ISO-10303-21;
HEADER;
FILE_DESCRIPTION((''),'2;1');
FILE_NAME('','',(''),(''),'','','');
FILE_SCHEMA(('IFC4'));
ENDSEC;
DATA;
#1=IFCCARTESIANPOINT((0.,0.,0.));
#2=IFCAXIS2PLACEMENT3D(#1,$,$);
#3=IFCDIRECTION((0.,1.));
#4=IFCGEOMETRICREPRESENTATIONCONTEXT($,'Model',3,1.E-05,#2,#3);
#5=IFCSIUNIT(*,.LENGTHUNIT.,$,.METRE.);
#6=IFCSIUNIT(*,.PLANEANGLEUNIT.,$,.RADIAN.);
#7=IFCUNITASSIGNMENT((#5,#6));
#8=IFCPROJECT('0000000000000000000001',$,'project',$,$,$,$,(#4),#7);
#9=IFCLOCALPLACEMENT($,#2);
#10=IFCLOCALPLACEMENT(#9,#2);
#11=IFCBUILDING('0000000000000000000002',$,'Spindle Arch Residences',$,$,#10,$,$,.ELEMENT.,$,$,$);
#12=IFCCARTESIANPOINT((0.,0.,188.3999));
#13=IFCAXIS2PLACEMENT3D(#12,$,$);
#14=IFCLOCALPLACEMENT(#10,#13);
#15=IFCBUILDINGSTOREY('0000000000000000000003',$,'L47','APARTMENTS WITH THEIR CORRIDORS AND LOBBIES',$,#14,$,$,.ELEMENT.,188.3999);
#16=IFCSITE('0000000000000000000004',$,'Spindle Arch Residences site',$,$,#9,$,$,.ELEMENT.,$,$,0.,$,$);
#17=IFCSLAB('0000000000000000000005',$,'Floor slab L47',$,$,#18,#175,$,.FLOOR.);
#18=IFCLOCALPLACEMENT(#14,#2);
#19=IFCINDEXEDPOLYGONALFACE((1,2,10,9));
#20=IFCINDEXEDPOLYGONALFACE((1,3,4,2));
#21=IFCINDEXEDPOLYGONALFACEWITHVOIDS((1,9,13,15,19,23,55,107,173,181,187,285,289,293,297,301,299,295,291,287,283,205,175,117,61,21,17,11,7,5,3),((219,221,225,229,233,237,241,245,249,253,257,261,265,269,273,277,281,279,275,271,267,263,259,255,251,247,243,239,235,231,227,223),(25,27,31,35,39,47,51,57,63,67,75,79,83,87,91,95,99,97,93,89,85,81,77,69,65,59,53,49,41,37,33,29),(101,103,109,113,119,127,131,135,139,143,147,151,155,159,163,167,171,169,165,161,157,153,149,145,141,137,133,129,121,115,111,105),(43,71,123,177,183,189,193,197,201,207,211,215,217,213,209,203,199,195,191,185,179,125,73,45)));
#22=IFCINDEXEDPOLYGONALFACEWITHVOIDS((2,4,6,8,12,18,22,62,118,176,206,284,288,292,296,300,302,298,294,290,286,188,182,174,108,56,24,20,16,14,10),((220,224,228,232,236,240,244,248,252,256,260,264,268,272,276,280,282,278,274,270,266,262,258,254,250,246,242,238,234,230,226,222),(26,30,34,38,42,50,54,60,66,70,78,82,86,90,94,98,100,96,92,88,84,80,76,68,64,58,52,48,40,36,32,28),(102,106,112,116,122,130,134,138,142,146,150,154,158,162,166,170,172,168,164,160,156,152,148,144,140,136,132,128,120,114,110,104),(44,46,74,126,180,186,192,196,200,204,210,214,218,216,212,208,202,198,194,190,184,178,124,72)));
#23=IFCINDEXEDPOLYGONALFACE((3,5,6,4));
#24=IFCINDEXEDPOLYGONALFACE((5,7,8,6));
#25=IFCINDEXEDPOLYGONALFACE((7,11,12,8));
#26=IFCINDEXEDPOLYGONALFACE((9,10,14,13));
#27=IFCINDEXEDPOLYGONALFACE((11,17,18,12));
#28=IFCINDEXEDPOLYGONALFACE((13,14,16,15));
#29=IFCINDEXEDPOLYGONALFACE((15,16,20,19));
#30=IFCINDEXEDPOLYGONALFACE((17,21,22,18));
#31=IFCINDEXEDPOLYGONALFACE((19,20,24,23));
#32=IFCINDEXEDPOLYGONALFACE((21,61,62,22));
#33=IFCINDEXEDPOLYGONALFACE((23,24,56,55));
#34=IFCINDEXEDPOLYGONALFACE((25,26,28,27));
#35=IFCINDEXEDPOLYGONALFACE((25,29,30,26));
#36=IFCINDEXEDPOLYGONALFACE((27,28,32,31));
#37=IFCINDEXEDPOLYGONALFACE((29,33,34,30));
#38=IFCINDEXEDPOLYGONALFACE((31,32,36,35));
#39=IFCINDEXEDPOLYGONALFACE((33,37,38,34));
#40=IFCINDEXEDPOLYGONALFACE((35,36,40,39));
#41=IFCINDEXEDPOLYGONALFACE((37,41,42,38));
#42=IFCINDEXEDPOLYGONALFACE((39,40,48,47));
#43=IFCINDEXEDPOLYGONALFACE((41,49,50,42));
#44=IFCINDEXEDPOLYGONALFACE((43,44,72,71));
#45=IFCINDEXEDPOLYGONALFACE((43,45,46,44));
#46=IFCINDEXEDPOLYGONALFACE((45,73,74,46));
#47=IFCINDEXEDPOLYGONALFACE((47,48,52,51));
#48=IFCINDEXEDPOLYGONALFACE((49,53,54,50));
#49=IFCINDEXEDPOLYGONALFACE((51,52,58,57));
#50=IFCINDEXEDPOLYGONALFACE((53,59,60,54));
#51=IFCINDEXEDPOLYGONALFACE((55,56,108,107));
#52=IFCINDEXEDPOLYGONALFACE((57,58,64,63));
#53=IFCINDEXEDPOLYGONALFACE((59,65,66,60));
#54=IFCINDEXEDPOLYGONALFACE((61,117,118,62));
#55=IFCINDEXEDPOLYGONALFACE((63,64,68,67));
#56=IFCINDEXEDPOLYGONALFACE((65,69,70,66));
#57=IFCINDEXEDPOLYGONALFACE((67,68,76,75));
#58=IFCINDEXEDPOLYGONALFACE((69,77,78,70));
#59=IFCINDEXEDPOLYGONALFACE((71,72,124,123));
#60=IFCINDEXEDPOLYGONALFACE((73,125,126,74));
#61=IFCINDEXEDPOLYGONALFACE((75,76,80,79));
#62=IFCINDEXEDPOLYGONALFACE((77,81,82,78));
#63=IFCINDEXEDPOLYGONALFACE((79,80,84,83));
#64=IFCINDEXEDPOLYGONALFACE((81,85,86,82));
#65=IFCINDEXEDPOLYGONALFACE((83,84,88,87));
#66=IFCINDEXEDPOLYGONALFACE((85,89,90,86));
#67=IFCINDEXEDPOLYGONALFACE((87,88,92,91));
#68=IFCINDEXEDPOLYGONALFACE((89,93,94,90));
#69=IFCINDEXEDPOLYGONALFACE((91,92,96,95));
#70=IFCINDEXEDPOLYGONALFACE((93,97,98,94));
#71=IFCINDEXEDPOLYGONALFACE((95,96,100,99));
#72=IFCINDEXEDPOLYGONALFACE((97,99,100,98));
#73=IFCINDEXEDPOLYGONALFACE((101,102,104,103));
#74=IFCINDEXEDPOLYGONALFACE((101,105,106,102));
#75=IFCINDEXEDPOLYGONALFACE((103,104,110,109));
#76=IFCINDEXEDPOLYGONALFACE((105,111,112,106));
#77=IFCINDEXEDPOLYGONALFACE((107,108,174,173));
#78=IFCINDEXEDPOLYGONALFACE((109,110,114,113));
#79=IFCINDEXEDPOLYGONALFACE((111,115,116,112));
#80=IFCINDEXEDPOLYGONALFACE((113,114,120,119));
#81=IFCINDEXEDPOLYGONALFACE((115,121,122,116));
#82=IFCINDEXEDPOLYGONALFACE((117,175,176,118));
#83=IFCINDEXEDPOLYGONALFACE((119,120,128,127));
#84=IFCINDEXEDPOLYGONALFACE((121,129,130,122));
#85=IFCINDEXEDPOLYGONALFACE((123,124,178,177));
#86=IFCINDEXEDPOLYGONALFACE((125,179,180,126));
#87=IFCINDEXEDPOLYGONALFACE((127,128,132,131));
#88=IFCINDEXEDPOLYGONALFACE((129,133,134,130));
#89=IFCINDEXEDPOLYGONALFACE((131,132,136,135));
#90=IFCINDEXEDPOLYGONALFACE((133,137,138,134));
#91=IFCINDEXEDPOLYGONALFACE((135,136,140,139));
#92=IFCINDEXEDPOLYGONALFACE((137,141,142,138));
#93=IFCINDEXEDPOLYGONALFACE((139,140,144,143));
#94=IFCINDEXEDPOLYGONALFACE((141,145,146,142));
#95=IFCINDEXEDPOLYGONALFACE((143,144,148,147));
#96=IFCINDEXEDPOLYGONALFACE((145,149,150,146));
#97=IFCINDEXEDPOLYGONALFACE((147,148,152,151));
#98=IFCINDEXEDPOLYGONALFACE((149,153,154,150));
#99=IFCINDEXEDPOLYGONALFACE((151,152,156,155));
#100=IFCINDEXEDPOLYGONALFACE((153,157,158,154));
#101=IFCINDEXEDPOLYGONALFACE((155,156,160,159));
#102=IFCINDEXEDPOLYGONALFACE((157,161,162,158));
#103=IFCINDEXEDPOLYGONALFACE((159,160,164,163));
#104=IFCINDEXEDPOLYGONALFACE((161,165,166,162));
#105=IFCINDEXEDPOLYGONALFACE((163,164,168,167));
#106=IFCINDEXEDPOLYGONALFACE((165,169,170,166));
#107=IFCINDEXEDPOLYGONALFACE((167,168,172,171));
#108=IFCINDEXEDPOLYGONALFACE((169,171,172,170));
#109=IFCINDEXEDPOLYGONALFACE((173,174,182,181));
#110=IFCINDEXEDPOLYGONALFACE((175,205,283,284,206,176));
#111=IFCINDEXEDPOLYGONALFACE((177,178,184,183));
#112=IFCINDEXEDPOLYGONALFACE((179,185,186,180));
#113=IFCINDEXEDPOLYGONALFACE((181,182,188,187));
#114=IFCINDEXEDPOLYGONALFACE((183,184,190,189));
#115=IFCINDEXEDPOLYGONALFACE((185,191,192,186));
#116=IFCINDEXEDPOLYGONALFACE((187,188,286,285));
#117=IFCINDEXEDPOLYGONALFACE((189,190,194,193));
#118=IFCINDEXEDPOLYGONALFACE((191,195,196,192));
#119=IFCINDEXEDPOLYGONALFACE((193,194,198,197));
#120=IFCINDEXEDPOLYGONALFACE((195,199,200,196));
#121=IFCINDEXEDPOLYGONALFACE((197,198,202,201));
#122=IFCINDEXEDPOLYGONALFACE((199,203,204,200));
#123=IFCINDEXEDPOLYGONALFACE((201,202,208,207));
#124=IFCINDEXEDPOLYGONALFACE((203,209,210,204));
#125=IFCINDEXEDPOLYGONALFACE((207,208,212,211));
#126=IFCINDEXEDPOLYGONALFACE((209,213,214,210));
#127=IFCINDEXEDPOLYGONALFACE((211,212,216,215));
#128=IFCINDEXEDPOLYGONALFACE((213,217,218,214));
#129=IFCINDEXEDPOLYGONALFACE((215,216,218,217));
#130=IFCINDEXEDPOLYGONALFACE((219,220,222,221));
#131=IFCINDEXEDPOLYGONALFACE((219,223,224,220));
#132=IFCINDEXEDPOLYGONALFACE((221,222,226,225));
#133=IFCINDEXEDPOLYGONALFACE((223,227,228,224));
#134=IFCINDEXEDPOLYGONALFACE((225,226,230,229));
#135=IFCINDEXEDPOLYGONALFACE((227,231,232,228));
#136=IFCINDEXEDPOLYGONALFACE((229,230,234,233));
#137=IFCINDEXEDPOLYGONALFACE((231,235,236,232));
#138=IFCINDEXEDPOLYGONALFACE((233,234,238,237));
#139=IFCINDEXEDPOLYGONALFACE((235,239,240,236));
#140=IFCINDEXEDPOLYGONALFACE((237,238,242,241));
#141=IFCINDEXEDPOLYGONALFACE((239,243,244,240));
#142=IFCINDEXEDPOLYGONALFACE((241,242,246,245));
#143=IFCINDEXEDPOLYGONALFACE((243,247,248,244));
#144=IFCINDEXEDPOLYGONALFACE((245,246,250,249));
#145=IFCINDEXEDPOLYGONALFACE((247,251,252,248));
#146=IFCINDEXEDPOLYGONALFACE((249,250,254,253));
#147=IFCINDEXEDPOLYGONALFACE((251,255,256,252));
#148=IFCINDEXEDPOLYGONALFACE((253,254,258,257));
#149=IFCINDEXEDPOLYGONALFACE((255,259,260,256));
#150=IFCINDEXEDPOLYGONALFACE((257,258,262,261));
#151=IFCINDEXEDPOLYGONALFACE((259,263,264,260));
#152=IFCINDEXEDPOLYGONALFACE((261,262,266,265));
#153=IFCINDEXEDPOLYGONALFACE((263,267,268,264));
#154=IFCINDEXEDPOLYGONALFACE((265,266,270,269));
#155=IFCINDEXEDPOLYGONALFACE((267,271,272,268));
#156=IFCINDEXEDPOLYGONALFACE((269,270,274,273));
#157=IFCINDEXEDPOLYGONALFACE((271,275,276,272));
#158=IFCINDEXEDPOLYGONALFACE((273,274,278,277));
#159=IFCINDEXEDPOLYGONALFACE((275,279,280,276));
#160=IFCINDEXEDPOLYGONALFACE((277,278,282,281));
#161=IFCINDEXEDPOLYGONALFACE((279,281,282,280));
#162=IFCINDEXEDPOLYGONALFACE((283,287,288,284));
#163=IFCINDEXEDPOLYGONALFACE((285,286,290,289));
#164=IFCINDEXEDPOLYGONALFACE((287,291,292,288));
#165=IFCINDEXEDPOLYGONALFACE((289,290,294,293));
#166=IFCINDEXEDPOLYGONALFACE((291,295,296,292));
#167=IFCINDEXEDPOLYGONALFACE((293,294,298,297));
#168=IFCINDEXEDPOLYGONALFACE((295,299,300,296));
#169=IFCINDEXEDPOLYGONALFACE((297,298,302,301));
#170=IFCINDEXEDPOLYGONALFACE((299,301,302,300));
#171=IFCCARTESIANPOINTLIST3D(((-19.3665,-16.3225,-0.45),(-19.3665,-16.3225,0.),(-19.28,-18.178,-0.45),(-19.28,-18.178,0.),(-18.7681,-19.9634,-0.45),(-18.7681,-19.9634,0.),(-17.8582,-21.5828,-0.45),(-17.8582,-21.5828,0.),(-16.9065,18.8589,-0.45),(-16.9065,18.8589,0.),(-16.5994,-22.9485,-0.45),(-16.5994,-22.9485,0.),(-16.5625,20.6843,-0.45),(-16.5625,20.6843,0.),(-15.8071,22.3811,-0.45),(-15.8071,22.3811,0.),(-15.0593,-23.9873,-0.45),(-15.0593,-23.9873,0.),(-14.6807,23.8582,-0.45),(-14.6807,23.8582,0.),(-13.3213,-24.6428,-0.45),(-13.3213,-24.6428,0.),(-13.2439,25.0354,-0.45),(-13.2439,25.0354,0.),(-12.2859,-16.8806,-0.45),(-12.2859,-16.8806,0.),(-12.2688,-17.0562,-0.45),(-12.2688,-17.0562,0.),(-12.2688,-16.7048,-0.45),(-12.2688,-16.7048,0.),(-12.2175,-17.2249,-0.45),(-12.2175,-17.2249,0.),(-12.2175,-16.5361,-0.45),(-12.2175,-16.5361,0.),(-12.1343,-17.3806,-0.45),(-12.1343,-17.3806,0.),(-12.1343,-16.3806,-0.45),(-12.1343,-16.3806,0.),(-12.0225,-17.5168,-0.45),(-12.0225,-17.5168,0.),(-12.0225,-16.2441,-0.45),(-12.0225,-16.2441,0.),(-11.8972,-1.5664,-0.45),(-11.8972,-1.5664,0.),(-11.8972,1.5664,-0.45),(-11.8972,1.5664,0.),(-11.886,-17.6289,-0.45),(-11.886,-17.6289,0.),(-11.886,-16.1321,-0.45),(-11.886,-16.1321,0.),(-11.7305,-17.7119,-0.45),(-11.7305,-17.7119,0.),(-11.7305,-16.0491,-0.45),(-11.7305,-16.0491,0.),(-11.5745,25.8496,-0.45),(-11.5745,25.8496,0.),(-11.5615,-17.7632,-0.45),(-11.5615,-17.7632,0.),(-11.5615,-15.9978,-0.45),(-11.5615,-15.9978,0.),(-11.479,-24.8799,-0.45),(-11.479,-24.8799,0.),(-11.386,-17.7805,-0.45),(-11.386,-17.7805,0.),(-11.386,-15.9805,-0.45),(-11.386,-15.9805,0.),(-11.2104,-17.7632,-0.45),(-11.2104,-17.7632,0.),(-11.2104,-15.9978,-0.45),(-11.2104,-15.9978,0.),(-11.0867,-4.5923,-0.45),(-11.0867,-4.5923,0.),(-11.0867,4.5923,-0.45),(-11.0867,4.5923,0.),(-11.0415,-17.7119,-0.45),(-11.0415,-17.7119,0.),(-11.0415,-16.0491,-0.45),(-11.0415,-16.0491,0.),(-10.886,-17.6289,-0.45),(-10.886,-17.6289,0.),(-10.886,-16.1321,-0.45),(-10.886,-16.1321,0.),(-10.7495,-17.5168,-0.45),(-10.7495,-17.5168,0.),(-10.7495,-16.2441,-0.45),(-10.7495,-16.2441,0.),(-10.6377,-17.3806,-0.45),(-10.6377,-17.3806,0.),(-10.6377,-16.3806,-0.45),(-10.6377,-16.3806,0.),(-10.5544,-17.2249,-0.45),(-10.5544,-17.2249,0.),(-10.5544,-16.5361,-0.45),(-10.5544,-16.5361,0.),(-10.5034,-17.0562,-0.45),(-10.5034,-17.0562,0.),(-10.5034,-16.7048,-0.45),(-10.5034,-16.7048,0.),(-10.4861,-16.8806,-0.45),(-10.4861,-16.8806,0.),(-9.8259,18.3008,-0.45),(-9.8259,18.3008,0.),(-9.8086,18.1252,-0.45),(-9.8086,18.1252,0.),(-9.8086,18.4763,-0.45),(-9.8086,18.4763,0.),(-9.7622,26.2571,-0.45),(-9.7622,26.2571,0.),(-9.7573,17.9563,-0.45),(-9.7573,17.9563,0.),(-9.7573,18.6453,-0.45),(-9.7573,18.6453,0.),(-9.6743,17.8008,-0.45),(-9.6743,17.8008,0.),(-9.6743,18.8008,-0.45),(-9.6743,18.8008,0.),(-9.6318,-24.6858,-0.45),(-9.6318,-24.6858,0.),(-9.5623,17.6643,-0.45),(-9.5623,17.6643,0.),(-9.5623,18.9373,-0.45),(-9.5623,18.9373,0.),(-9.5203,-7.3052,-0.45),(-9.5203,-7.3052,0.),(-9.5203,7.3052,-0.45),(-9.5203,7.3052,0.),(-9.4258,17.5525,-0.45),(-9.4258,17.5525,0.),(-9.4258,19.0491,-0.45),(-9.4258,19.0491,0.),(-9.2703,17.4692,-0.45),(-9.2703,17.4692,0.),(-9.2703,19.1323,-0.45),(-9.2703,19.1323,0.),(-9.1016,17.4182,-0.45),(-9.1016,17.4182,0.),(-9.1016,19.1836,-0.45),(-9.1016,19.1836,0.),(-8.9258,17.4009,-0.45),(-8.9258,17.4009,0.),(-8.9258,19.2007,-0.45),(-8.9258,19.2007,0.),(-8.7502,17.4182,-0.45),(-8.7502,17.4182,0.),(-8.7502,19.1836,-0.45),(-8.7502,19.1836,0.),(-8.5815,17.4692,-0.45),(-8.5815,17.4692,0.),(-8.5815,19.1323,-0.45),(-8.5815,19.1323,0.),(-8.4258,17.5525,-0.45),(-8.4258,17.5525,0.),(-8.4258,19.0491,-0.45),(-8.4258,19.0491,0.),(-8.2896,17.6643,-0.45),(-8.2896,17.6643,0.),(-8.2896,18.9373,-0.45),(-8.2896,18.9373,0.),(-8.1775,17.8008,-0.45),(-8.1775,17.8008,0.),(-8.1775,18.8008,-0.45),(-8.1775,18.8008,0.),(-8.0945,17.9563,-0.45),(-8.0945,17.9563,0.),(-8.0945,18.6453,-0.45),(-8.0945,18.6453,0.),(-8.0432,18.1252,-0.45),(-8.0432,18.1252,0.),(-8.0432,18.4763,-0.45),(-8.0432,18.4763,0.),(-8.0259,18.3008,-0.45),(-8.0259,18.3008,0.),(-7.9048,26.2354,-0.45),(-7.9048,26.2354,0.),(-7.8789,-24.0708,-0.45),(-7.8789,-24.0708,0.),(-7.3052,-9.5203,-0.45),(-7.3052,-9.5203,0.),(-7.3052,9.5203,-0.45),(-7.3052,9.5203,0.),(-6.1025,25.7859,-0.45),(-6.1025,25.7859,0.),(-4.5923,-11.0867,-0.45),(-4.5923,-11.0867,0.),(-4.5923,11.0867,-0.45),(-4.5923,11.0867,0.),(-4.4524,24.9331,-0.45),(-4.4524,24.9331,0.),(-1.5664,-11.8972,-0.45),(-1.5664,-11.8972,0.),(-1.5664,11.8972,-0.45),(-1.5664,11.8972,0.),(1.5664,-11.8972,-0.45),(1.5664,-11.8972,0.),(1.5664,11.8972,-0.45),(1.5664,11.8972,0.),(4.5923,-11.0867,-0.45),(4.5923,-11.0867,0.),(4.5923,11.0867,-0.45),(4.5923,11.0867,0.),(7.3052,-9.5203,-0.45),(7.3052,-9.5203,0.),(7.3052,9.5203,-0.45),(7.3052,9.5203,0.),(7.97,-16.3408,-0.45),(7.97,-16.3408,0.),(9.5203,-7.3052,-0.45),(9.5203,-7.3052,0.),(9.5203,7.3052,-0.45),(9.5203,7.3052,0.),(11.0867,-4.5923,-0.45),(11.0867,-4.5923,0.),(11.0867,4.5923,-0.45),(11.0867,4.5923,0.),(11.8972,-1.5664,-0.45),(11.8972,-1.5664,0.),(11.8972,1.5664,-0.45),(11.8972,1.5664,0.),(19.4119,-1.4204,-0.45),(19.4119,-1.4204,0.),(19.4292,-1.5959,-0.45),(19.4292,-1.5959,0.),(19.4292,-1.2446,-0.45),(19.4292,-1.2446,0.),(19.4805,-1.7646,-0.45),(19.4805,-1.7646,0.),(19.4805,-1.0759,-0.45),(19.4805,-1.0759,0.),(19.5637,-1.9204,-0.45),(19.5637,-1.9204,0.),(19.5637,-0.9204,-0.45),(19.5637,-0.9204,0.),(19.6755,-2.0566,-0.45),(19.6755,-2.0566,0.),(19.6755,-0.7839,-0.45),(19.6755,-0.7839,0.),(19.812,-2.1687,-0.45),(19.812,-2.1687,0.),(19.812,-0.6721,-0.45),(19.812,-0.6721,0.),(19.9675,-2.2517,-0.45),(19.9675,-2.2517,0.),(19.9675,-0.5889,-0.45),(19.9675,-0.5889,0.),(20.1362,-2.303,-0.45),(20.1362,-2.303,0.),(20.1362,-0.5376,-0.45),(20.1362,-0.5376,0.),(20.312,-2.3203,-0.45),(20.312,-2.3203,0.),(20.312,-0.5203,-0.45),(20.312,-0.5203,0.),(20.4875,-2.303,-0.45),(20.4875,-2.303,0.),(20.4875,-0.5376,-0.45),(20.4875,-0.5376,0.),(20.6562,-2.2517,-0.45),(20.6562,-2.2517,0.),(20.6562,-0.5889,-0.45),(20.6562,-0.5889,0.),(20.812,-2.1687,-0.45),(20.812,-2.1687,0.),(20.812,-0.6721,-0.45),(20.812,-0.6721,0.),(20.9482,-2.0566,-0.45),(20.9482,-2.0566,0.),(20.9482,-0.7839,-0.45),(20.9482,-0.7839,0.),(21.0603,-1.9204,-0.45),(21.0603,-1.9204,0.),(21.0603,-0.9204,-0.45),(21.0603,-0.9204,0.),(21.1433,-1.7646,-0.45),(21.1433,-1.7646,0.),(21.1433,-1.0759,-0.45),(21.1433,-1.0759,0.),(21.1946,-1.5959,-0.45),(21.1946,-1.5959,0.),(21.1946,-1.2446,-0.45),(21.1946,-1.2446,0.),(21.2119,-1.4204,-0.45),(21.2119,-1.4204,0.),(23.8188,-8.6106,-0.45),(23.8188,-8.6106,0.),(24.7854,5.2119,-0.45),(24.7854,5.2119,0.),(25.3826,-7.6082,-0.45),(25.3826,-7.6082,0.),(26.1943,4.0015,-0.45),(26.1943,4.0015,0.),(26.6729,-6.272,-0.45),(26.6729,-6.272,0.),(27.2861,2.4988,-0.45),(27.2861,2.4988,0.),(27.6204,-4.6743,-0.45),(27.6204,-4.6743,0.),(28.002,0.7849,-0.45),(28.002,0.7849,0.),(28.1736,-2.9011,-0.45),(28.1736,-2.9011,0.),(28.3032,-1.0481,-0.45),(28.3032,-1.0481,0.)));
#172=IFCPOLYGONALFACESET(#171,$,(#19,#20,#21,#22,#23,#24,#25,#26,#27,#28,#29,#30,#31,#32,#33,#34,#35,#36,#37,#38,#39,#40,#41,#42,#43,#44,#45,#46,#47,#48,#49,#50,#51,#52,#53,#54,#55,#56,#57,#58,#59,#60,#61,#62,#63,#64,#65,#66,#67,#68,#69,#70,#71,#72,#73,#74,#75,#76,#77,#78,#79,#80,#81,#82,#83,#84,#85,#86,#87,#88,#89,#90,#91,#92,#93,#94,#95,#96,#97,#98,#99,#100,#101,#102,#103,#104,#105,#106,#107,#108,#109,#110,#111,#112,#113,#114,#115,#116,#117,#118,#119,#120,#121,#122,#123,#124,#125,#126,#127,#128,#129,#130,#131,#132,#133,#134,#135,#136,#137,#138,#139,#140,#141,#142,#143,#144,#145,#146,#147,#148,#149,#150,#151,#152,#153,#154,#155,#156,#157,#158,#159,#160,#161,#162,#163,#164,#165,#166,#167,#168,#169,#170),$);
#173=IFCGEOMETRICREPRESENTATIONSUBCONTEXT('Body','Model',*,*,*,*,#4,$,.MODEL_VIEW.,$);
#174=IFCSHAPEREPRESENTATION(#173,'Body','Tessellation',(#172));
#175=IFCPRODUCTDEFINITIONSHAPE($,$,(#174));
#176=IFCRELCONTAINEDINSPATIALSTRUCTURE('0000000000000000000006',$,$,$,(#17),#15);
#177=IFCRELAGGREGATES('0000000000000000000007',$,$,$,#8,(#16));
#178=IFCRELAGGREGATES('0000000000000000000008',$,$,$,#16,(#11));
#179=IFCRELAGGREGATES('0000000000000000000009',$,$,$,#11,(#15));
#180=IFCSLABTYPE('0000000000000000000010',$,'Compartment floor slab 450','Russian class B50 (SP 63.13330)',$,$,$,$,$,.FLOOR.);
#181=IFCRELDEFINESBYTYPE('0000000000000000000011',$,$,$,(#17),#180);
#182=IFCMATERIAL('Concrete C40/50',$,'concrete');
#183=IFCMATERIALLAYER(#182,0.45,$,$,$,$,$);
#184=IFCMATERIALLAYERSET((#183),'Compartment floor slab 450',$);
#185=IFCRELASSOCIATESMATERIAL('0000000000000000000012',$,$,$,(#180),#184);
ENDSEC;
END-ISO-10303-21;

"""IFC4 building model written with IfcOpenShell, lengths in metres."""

from ifc_helpers import new_model, si_unit, direction, frame, origin, place, context, subcontext, project, spatial, polyline, outline, extrude, material, layer, layer_set, type_object, element, save


model = new_model("IFC4")

# Units and contexts
model_context = context("Model", 3, precision=1e-05, world=origin(), true_north=direction((0.0, 1.0)))
body_context = subcontext(model_context, "Body", "Model", "MODEL_VIEW")
ifc_project = project(units=[si_unit("LENGTHUNIT", "METRE"), si_unit("PLANEANGLEUNIT", "RADIAN")], contexts=[model_context])

# Site, building, storey
site_placement = place(None, origin())
site = spatial("IfcSite", under=ifc_project, at=site_placement, Name="Spindle Arch Residences site", CompositionType="ELEMENT", RefElevation=0.0)
building_placement = place(site_placement, origin())
building = spatial("IfcBuilding", under=site, at=building_placement, Name="Spindle Arch Residences", CompositionType="ELEMENT")
storey_placement = place(building_placement, frame((0.0, 0.0, 188.3999)))
storey = spatial("IfcBuildingStorey", under=building, at=storey_placement, Name="L47", Description="APARTMENTS WITH THEIR CORRIDORS AND LOBBIES", CompositionType="ELEMENT", Elevation=188.3999)

# Slab
ifc_material_1 = material(Name="Concrete C40/50", Category="concrete")
ifc_layer_1 = layer(ifc_material_1, 0.45)
ifc_layer_set_1 = layer_set([ifc_layer_1], Name="Compartment floor slab 450")
slab_type_1 = type_object("IfcSlabType", Name="Compartment floor slab 450", Description="Russian class B50 (SP 63.13330)", PredefinedType="FLOOR", material=ifc_layer_set_1)
slab_1_placement = place(storey_placement, frame((0.0, 0.0, -0.45)))
element("IfcSlab", 1, at=slab_1_placement, inside=storey, type_object=slab_type_1, Name="Floor slab L47", PredefinedType="FLOOR", context=body_context, shape_type="SweptSolid", body=[
    extrude(outline(polyline([(-9.6318, -24.6858), (-11.479, -24.8799), (-13.3213, -24.6428), (-15.0593, -23.9873), (-16.5994, -22.9485), (-17.8582, -21.5828), (-18.7681, -19.9634), (-19.28, -18.178), (-19.3665, -16.3225), (-16.9065, 18.8589), (-16.5625, 20.6843), (-15.8071, 22.3811), (-14.6807, 23.8582), (-13.2439, 25.0354), (-11.5745, 25.8496), (-9.7622, 26.2571), (-7.9048, 26.2354), (-6.1025, 25.7859), (-4.4524, 24.9331), (24.7854, 5.2119), (26.1943, 4.0015), (27.2861, 2.4988), (28.002, 0.7849), (28.3032, -1.0481), (28.1736, -2.9011), (27.6204, -4.6743), (26.6729, -6.272), (25.3826, -7.6082), (23.8188, -8.6106), (7.97, -16.3408), (-7.8789, -24.0708), (-9.6318, -24.6858)]), holes=[polyline([(7.3052, -9.5203), (9.5203, -7.3052), (11.0867, -4.5923), (11.8972, -1.5664), (11.8972, 1.5664), (11.0867, 4.5923), (9.5203, 7.3052), (7.3052, 9.5203), (4.5923, 11.0867), (1.5664, 11.8972), (-1.5664, 11.8972), (-4.5923, 11.0867), (-7.3052, 9.5203), (-9.5203, 7.3052), (-11.0867, 4.5923), (-11.8972, 1.5664), (-11.8972, -1.5664), (-11.0867, -4.5923), (-9.5203, -7.3052), (-7.3052, -9.5203), (-4.5923, -11.0867), (-1.5664, -11.8972), (1.5664, -11.8972), (4.5923, -11.0867), (7.3052, -9.5203)]), polyline([(-10.6377, -17.3806), (-10.5544, -17.2249), (-10.5034, -17.0562), (-10.4861, -16.8806), (-10.5034, -16.7048), (-10.5544, -16.5361), (-10.6377, -16.3806), (-10.7495, -16.2441), (-10.886, -16.1321), (-11.0415, -16.0491), (-11.2104, -15.9978), (-11.386, -15.9805), (-11.5615, -15.9978), (-11.7305, -16.0491), (-11.886, -16.1321), (-12.0225, -16.2441), (-12.1343, -16.3806), (-12.2175, -16.5361), (-12.2688, -16.7048), (-12.2859, -16.8806), (-12.2688, -17.0562), (-12.2175, -17.2249), (-12.1343, -17.3806), (-12.0225, -17.5168), (-11.886, -17.6289), (-11.7305, -17.7119), (-11.5615, -17.7632), (-11.386, -17.7805), (-11.2104, -17.7632), (-11.0415, -17.7119), (-10.886, -17.6289), (-10.7495, -17.5168), (-10.6377, -17.3806)]), polyline([(-8.1775, 17.8008), (-8.0945, 17.9563), (-8.0432, 18.1252), (-8.0259, 18.3008), (-8.0432, 18.4763), (-8.0945, 18.6453), (-8.1775, 18.8008), (-8.2896, 18.9373), (-8.4258, 19.0491), (-8.5815, 19.1323), (-8.7502, 19.1836), (-8.9258, 19.2007), (-9.1016, 19.1836), (-9.2703, 19.1323), (-9.4258, 19.0491), (-9.5623, 18.9373), (-9.6743, 18.8008), (-9.7573, 18.6453), (-9.8086, 18.4763), (-9.8259, 18.3008), (-9.8086, 18.1252), (-9.7573, 17.9563), (-9.6743, 17.8008), (-9.5623, 17.6643), (-9.4258, 17.5525), (-9.2703, 17.4692), (-9.1016, 17.4182), (-8.9258, 17.4009), (-8.7502, 17.4182), (-8.5815, 17.4692), (-8.4258, 17.5525), (-8.2896, 17.6643), (-8.1775, 17.8008)]), polyline([(20.9482, -2.0566), (21.0603, -1.9204), (21.1433, -1.7646), (21.1946, -1.5959), (21.2119, -1.4204), (21.1946, -1.2446), (21.1433, -1.0759), (21.0603, -0.9204), (20.9482, -0.7839), (20.812, -0.6721), (20.6562, -0.5889), (20.4875, -0.5376), (20.312, -0.5203), (20.1362, -0.5376), (19.9675, -0.5889), (19.812, -0.6721), (19.6755, -0.7839), (19.5637, -0.9204), (19.4805, -1.0759), (19.4292, -1.2446), (19.4119, -1.4204), (19.4292, -1.5959), (19.4805, -1.7646), (19.5637, -1.9204), (19.6755, -2.0566), (19.812, -2.1687), (19.9675, -2.2517), (20.1362, -2.303), (20.312, -2.3203), (20.4875, -2.303), (20.6562, -2.2517), (20.812, -2.1687), (20.9482, -2.0566)])]), origin(), (0.0, 0.0, 1.0), 0.45),
])

save(model, "model.ifc")
